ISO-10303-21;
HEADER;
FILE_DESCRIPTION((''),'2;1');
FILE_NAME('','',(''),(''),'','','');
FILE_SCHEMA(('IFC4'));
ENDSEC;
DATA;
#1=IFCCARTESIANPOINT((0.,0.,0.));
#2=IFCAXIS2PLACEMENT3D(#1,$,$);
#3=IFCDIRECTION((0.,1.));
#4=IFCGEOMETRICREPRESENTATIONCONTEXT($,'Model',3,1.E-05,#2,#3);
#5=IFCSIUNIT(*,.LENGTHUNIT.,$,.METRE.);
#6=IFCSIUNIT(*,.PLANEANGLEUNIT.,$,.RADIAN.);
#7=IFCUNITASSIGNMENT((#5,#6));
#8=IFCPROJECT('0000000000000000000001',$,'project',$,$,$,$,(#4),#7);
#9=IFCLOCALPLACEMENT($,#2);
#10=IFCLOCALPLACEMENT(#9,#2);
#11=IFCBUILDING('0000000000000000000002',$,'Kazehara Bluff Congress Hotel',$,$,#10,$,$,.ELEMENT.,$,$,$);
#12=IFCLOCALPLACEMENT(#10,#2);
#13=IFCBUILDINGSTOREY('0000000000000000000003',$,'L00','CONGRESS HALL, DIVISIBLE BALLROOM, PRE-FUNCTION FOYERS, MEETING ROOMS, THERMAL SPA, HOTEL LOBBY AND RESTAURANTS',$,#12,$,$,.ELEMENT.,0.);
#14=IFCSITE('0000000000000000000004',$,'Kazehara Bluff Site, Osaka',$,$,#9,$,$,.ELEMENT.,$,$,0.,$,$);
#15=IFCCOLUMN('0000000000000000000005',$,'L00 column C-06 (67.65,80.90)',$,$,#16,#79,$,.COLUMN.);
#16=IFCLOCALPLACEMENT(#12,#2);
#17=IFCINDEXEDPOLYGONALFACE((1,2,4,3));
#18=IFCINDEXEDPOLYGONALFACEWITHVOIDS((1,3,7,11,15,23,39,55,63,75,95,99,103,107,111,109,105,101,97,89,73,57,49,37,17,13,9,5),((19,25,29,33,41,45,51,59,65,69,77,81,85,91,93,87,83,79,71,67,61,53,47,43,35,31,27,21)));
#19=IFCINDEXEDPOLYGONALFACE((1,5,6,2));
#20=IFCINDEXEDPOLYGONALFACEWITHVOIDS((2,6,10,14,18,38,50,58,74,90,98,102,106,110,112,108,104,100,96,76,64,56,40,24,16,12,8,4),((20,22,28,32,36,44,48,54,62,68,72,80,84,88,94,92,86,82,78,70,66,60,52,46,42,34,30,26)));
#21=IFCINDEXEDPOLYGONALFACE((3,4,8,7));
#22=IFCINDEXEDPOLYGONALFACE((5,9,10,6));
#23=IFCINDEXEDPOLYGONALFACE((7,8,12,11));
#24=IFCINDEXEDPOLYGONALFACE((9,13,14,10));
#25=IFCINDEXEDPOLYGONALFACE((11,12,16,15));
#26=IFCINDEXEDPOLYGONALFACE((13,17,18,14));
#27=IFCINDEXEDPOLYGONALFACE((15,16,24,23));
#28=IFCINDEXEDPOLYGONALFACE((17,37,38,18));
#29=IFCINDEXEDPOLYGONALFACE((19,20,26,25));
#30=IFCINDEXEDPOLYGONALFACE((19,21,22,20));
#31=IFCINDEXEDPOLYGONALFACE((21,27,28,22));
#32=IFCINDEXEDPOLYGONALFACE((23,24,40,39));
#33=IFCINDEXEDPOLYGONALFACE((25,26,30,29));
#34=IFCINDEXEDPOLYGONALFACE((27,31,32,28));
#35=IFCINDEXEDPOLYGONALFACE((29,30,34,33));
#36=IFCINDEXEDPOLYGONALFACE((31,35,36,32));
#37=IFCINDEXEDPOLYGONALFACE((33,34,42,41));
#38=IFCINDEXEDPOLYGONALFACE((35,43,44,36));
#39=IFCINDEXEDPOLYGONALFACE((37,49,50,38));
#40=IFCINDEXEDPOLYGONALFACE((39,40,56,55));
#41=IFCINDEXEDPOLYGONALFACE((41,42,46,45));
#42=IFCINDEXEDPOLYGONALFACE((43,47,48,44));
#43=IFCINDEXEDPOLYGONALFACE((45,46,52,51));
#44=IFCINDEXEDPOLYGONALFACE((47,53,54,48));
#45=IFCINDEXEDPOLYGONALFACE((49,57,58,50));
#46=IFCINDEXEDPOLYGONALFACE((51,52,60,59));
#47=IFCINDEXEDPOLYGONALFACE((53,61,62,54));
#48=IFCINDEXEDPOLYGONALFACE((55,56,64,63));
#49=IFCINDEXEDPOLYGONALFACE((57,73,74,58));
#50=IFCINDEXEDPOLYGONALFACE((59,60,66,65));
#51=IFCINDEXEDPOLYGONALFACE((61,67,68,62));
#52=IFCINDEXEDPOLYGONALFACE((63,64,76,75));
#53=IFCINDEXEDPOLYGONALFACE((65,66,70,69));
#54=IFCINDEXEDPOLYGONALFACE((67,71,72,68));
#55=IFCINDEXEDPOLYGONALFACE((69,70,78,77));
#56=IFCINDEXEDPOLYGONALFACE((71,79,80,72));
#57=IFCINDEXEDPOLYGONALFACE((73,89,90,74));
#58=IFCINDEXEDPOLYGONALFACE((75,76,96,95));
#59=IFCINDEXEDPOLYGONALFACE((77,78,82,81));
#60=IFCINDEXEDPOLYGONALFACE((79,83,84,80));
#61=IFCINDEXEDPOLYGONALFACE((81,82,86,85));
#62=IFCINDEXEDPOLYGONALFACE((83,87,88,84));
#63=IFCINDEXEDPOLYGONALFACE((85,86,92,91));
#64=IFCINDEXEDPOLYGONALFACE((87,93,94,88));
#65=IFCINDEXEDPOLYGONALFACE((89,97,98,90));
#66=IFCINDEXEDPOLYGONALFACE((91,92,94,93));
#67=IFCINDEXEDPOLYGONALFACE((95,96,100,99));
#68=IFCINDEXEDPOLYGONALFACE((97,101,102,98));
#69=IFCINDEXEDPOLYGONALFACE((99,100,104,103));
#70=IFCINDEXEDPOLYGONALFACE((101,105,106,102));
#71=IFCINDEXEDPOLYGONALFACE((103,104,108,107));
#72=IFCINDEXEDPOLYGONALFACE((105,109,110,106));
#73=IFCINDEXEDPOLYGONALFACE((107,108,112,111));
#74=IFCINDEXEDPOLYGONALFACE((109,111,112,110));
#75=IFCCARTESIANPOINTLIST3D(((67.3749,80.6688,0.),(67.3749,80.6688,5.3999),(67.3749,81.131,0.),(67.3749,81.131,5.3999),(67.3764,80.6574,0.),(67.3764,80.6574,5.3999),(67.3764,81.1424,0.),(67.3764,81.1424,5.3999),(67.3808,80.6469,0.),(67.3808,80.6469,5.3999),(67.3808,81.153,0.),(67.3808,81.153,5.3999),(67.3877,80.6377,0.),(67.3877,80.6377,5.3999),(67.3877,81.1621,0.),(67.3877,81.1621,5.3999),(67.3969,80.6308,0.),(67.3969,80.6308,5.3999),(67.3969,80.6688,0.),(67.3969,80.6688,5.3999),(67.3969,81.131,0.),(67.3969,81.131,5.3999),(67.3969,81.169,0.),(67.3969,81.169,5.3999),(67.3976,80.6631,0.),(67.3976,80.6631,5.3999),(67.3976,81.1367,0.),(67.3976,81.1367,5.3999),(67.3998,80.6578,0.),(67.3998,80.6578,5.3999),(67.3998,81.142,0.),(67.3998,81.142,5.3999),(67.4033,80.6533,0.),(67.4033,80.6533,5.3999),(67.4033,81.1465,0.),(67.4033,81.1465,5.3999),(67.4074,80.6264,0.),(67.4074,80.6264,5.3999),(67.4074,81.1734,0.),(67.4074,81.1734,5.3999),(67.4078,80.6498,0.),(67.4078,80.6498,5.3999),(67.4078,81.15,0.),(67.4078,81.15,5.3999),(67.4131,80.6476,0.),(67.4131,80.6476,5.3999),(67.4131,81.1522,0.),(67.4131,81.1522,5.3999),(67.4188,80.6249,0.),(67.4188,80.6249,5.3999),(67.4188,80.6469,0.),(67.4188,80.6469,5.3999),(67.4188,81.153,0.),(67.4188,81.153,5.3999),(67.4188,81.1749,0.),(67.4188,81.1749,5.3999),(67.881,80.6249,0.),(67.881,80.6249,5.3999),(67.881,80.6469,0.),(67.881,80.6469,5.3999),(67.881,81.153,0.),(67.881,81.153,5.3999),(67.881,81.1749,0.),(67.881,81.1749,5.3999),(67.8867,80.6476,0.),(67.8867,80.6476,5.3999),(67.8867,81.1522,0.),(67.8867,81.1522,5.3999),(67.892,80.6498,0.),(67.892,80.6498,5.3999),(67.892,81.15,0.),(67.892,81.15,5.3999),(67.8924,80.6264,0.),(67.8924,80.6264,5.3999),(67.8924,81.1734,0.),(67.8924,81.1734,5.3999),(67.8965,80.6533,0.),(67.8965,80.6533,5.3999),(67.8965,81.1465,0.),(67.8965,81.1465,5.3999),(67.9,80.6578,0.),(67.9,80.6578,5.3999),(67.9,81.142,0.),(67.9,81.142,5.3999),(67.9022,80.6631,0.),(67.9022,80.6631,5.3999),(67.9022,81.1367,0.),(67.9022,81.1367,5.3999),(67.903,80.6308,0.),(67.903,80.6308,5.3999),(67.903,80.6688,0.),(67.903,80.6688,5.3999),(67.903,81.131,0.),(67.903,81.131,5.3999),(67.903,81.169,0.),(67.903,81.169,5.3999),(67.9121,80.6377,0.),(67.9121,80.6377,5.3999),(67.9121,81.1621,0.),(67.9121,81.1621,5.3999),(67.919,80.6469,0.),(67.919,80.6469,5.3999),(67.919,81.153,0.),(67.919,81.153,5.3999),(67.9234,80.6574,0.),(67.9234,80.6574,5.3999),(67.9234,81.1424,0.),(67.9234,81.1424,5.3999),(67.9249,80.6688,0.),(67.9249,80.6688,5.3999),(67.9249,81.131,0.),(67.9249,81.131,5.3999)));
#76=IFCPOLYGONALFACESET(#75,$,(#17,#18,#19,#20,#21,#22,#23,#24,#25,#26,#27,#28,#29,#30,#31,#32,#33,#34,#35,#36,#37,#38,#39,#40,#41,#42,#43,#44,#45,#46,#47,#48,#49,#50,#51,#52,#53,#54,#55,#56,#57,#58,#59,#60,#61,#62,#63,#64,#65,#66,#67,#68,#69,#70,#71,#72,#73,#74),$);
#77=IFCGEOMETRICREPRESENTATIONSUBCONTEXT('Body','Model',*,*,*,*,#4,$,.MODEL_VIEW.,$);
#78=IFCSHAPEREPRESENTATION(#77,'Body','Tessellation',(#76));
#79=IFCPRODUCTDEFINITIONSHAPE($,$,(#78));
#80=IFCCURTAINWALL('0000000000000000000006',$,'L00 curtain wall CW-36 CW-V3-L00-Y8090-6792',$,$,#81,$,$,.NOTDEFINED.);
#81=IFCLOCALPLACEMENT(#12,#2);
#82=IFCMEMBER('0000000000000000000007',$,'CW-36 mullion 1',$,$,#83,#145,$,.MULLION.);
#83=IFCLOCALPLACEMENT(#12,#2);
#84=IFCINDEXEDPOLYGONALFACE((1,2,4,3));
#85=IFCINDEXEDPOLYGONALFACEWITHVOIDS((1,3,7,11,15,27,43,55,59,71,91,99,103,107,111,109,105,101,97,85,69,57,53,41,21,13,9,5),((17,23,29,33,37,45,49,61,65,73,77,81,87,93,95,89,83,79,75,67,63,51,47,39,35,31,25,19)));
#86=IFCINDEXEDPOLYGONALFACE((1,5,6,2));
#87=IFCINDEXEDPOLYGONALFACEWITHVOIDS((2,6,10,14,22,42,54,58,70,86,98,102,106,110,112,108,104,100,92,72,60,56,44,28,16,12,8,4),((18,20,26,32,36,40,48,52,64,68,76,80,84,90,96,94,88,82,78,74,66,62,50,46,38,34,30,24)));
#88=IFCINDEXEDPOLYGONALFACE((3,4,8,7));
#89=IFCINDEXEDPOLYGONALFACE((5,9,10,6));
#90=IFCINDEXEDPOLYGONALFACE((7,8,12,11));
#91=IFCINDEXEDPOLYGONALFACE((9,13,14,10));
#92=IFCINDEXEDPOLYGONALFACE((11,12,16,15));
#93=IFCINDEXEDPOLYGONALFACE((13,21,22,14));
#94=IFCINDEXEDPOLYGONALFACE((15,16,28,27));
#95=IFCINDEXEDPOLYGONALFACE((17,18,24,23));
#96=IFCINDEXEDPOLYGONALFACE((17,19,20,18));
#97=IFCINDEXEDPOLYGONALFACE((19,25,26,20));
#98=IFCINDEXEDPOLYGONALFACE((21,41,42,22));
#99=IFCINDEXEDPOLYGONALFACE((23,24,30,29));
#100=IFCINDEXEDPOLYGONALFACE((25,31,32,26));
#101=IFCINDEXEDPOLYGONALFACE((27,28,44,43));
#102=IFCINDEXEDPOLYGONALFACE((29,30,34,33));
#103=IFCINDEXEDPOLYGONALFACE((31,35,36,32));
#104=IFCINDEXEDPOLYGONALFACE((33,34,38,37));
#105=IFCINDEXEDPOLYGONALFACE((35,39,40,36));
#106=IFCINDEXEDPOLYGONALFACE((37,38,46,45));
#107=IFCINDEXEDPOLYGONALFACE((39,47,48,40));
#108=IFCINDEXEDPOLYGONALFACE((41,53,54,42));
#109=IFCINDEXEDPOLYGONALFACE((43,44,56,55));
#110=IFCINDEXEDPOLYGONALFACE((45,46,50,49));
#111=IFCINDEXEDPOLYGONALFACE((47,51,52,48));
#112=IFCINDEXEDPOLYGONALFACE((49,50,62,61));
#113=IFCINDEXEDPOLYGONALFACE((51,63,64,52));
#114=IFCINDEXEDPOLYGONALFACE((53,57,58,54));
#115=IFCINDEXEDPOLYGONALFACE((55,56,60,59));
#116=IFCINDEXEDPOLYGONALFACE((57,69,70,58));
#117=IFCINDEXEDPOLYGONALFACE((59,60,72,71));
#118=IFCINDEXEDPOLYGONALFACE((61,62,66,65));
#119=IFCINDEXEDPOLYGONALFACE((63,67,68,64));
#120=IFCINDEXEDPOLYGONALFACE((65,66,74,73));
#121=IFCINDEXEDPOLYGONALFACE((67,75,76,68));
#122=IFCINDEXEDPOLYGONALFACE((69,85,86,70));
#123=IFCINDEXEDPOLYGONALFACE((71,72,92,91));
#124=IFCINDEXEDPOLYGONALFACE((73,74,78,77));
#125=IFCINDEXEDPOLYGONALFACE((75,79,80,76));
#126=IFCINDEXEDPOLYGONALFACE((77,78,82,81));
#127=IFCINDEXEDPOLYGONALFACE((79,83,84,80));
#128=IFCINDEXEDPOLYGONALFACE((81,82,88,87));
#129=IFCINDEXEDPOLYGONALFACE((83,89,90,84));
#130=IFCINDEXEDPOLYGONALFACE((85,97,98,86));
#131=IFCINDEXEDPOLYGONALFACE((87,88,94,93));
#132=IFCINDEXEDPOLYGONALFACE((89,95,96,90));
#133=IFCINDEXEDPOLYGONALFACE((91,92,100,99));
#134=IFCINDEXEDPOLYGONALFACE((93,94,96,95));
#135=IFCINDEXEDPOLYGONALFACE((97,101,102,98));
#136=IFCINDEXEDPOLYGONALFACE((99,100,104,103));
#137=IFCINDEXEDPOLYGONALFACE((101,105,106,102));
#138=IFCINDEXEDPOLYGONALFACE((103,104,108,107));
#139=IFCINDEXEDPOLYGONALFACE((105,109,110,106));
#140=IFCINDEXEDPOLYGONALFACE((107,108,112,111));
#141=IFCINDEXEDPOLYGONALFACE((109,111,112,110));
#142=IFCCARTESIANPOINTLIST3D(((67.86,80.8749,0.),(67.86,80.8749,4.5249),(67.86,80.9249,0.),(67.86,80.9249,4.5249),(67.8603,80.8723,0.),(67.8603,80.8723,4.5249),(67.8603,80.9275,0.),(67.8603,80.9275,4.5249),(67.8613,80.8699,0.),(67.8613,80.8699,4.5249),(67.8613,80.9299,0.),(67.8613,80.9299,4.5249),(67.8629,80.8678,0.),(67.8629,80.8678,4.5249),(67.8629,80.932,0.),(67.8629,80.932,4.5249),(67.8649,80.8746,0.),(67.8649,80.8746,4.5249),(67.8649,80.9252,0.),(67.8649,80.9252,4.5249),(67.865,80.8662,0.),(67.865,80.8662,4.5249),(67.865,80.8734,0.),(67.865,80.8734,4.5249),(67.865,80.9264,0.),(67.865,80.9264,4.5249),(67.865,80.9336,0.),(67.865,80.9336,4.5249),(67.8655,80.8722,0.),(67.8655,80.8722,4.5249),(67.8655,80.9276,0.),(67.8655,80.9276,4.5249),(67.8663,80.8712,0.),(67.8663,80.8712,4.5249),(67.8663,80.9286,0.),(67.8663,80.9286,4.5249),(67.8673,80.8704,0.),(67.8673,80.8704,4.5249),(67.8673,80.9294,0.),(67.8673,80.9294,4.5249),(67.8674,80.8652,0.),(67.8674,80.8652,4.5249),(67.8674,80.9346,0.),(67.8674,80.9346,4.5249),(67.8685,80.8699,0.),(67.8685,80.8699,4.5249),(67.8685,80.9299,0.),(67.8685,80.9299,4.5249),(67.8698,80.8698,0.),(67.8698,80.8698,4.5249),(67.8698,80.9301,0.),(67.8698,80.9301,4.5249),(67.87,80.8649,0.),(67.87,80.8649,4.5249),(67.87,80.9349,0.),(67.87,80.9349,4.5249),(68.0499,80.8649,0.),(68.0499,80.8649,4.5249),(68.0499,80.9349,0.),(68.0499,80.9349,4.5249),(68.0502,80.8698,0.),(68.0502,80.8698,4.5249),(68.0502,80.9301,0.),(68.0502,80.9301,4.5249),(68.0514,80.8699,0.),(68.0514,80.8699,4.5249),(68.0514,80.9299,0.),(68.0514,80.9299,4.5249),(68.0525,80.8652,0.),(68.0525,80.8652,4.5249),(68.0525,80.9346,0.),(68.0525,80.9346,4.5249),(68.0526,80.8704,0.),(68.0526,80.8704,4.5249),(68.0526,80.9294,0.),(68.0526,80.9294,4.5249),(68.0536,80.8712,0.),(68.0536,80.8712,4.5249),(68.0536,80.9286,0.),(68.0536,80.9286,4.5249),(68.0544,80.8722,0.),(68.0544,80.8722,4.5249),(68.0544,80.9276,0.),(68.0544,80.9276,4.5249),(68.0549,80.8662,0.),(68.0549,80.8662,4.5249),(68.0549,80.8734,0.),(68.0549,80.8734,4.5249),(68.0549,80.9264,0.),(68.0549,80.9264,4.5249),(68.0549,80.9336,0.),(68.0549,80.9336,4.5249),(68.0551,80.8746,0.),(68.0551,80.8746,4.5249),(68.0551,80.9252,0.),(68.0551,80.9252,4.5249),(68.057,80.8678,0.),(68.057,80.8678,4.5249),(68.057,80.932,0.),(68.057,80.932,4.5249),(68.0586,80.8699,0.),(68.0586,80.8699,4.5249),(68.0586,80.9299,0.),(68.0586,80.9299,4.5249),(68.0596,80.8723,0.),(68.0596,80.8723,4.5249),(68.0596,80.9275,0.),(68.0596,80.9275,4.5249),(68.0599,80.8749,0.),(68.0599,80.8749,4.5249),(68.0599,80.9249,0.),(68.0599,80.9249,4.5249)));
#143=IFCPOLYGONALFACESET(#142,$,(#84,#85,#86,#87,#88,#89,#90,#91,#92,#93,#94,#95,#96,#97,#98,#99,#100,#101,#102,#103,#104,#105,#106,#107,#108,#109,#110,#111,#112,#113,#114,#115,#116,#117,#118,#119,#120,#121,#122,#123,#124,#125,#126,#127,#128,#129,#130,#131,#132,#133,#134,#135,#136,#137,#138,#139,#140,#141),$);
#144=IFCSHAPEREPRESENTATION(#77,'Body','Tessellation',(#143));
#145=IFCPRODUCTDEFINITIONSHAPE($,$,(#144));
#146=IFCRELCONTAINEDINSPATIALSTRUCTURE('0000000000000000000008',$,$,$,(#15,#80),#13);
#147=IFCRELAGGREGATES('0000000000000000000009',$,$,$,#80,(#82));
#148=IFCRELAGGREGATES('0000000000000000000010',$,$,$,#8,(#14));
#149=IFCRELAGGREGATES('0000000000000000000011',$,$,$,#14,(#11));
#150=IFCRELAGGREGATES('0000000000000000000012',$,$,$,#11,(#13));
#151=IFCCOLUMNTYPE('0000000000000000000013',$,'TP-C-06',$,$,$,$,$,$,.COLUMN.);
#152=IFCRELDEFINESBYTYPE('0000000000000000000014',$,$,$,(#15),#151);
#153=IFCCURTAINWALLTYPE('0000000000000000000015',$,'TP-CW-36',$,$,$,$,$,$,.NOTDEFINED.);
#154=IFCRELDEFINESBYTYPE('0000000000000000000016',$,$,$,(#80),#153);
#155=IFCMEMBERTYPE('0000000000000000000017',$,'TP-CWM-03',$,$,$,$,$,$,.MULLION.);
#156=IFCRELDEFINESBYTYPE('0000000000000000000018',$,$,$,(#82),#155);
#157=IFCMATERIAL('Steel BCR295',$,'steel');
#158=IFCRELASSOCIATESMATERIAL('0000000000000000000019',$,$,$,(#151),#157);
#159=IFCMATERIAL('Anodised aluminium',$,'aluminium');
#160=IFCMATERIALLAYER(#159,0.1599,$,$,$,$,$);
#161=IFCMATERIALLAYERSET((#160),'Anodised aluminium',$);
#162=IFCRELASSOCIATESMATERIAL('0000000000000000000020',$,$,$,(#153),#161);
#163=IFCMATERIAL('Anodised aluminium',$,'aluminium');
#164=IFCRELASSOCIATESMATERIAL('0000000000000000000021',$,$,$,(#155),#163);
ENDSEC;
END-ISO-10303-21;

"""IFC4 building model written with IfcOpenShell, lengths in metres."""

from ifc_helpers import new_model, si_unit, direction, frame, origin, origin_2d, place, context, subcontext, project, spatial, hollow_rectangle, extrude, material, layer, layer_set, material_profile, profile_set, type_object, element, aggregate, save


model = new_model("IFC4")

# Units and contexts
model_context = context("Model", 3, precision=1e-05, world=origin(), true_north=direction((0.0, 1.0)))
body_context = subcontext(model_context, "Body", "Model", "MODEL_VIEW")
ifc_project = project(units=[si_unit("LENGTHUNIT", "METRE"), si_unit("PLANEANGLEUNIT", "RADIAN")], contexts=[model_context])

# Site, building, storey
site_placement = place(None, origin())
site = spatial("IfcSite", under=ifc_project, at=site_placement, Name="Kazehara Bluff Site, Osaka", CompositionType="ELEMENT", RefElevation=0.0)
building_placement = place(site_placement, origin())
building = spatial("IfcBuilding", under=site, at=building_placement, Name="Kazehara Bluff Congress Hotel", CompositionType="ELEMENT")
storey_placement = place(building_placement, origin())
storey = spatial("IfcBuildingStorey", under=building, at=storey_placement, Name="L00", Description="CONGRESS HALL, DIVISIBLE BALLROOM, PRE-FUNCTION FOYERS, MEETING ROOMS, THERMAL SPA, HOTEL LOBBY AND RESTAURANTS", CompositionType="ELEMENT", Elevation=0.0)

# Column
ifc_material_1 = material(Name="Steel BCR295", Category="steel")
ifc_material_profile_1 = material_profile(ifc_material_1, hollow_rectangle(XDim=0.55, YDim=0.55, WallThickness=0.022, InnerFilletRadius=0.022, OuterFilletRadius=0.0439, at=origin_2d()))
ifc_profile_set_1 = profile_set([ifc_material_profile_1], Name="Steel BCR295")
column_type = type_object("IfcColumnType", Name="TP-C-06", PredefinedType="COLUMN", material=ifc_profile_set_1)
column_placement = place(storey_placement, frame((67.6499, 80.8999, 0.0), z_axis=(0.0, 0.0, 1.0), x_axis=(1.0, 0.0, 0.0)))
element("IfcColumn", 1, at=column_placement, inside=storey, type_object=column_type, Name="L00 column C-06 (67.65,80.90)", PredefinedType="COLUMN", context=body_context, shape_type="SweptSolid", body=[
    extrude(hollow_rectangle(XDim=0.55, YDim=0.55, WallThickness=0.022, InnerFilletRadius=0.022, OuterFilletRadius=0.0439, at=origin_2d()), origin(), (0.0, 0.0, 1.0), 5.3999),
])

# Curtain wall, member
ifc_material_2 = material(Name="Anodised aluminium", Category="aluminium")
ifc_layer_1 = layer(ifc_material_2, 0.1599)
ifc_layer_set_1 = layer_set([ifc_layer_1], Name="Anodised aluminium")
curtain_wall_type_1 = type_object("IfcCurtainWallType", Name="TP-CW-36", PredefinedType="NOTDEFINED", material=ifc_layer_set_1)
curtain_wall_1_placement = place(storey_placement, origin())
curtain_wall_1 = element("IfcCurtainWall", 2, at=curtain_wall_1_placement, inside=storey, type_object=curtain_wall_type_1, Name="L00 curtain wall CW-36 CW-V3-L00-Y8090-6792", PredefinedType="NOTDEFINED")
ifc_material_3 = material(Name="Anodised aluminium", Category="aluminium")
ifc_material_profile_2 = material_profile(ifc_material_3, hollow_rectangle(XDim=0.0701, YDim=0.2, WallThickness=0.0049, InnerFilletRadius=0.0049, OuterFilletRadius=0.01, at=origin_2d()))
ifc_profile_set_2 = profile_set([ifc_material_profile_2], Name="Anodised aluminium")
member_type_1 = type_object("IfcMemberType", Name="TP-CWM-03", PredefinedType="MULLION", material=ifc_profile_set_2)
member_1_placement = place(storey_placement, frame((67.96, 80.8999, 0.0), z_axis=(0.0, 0.0, 1.0), x_axis=(0.0, 1.0, 0.0)))
member_1 = element("IfcMember", 3, at=member_1_placement, type_object=member_type_1, Name="CW-36 mullion 1", PredefinedType="MULLION", context=body_context, shape_type="SweptSolid", body=[
    extrude(hollow_rectangle(XDim=0.0701, YDim=0.2, WallThickness=0.0049, InnerFilletRadius=0.0049, OuterFilletRadius=0.01, at=origin_2d()), origin(), (0.0, 0.0, 1.0), 4.5249),
])

aggregate(curtain_wall_1, [member_1])

save(model, "model.ifc")
